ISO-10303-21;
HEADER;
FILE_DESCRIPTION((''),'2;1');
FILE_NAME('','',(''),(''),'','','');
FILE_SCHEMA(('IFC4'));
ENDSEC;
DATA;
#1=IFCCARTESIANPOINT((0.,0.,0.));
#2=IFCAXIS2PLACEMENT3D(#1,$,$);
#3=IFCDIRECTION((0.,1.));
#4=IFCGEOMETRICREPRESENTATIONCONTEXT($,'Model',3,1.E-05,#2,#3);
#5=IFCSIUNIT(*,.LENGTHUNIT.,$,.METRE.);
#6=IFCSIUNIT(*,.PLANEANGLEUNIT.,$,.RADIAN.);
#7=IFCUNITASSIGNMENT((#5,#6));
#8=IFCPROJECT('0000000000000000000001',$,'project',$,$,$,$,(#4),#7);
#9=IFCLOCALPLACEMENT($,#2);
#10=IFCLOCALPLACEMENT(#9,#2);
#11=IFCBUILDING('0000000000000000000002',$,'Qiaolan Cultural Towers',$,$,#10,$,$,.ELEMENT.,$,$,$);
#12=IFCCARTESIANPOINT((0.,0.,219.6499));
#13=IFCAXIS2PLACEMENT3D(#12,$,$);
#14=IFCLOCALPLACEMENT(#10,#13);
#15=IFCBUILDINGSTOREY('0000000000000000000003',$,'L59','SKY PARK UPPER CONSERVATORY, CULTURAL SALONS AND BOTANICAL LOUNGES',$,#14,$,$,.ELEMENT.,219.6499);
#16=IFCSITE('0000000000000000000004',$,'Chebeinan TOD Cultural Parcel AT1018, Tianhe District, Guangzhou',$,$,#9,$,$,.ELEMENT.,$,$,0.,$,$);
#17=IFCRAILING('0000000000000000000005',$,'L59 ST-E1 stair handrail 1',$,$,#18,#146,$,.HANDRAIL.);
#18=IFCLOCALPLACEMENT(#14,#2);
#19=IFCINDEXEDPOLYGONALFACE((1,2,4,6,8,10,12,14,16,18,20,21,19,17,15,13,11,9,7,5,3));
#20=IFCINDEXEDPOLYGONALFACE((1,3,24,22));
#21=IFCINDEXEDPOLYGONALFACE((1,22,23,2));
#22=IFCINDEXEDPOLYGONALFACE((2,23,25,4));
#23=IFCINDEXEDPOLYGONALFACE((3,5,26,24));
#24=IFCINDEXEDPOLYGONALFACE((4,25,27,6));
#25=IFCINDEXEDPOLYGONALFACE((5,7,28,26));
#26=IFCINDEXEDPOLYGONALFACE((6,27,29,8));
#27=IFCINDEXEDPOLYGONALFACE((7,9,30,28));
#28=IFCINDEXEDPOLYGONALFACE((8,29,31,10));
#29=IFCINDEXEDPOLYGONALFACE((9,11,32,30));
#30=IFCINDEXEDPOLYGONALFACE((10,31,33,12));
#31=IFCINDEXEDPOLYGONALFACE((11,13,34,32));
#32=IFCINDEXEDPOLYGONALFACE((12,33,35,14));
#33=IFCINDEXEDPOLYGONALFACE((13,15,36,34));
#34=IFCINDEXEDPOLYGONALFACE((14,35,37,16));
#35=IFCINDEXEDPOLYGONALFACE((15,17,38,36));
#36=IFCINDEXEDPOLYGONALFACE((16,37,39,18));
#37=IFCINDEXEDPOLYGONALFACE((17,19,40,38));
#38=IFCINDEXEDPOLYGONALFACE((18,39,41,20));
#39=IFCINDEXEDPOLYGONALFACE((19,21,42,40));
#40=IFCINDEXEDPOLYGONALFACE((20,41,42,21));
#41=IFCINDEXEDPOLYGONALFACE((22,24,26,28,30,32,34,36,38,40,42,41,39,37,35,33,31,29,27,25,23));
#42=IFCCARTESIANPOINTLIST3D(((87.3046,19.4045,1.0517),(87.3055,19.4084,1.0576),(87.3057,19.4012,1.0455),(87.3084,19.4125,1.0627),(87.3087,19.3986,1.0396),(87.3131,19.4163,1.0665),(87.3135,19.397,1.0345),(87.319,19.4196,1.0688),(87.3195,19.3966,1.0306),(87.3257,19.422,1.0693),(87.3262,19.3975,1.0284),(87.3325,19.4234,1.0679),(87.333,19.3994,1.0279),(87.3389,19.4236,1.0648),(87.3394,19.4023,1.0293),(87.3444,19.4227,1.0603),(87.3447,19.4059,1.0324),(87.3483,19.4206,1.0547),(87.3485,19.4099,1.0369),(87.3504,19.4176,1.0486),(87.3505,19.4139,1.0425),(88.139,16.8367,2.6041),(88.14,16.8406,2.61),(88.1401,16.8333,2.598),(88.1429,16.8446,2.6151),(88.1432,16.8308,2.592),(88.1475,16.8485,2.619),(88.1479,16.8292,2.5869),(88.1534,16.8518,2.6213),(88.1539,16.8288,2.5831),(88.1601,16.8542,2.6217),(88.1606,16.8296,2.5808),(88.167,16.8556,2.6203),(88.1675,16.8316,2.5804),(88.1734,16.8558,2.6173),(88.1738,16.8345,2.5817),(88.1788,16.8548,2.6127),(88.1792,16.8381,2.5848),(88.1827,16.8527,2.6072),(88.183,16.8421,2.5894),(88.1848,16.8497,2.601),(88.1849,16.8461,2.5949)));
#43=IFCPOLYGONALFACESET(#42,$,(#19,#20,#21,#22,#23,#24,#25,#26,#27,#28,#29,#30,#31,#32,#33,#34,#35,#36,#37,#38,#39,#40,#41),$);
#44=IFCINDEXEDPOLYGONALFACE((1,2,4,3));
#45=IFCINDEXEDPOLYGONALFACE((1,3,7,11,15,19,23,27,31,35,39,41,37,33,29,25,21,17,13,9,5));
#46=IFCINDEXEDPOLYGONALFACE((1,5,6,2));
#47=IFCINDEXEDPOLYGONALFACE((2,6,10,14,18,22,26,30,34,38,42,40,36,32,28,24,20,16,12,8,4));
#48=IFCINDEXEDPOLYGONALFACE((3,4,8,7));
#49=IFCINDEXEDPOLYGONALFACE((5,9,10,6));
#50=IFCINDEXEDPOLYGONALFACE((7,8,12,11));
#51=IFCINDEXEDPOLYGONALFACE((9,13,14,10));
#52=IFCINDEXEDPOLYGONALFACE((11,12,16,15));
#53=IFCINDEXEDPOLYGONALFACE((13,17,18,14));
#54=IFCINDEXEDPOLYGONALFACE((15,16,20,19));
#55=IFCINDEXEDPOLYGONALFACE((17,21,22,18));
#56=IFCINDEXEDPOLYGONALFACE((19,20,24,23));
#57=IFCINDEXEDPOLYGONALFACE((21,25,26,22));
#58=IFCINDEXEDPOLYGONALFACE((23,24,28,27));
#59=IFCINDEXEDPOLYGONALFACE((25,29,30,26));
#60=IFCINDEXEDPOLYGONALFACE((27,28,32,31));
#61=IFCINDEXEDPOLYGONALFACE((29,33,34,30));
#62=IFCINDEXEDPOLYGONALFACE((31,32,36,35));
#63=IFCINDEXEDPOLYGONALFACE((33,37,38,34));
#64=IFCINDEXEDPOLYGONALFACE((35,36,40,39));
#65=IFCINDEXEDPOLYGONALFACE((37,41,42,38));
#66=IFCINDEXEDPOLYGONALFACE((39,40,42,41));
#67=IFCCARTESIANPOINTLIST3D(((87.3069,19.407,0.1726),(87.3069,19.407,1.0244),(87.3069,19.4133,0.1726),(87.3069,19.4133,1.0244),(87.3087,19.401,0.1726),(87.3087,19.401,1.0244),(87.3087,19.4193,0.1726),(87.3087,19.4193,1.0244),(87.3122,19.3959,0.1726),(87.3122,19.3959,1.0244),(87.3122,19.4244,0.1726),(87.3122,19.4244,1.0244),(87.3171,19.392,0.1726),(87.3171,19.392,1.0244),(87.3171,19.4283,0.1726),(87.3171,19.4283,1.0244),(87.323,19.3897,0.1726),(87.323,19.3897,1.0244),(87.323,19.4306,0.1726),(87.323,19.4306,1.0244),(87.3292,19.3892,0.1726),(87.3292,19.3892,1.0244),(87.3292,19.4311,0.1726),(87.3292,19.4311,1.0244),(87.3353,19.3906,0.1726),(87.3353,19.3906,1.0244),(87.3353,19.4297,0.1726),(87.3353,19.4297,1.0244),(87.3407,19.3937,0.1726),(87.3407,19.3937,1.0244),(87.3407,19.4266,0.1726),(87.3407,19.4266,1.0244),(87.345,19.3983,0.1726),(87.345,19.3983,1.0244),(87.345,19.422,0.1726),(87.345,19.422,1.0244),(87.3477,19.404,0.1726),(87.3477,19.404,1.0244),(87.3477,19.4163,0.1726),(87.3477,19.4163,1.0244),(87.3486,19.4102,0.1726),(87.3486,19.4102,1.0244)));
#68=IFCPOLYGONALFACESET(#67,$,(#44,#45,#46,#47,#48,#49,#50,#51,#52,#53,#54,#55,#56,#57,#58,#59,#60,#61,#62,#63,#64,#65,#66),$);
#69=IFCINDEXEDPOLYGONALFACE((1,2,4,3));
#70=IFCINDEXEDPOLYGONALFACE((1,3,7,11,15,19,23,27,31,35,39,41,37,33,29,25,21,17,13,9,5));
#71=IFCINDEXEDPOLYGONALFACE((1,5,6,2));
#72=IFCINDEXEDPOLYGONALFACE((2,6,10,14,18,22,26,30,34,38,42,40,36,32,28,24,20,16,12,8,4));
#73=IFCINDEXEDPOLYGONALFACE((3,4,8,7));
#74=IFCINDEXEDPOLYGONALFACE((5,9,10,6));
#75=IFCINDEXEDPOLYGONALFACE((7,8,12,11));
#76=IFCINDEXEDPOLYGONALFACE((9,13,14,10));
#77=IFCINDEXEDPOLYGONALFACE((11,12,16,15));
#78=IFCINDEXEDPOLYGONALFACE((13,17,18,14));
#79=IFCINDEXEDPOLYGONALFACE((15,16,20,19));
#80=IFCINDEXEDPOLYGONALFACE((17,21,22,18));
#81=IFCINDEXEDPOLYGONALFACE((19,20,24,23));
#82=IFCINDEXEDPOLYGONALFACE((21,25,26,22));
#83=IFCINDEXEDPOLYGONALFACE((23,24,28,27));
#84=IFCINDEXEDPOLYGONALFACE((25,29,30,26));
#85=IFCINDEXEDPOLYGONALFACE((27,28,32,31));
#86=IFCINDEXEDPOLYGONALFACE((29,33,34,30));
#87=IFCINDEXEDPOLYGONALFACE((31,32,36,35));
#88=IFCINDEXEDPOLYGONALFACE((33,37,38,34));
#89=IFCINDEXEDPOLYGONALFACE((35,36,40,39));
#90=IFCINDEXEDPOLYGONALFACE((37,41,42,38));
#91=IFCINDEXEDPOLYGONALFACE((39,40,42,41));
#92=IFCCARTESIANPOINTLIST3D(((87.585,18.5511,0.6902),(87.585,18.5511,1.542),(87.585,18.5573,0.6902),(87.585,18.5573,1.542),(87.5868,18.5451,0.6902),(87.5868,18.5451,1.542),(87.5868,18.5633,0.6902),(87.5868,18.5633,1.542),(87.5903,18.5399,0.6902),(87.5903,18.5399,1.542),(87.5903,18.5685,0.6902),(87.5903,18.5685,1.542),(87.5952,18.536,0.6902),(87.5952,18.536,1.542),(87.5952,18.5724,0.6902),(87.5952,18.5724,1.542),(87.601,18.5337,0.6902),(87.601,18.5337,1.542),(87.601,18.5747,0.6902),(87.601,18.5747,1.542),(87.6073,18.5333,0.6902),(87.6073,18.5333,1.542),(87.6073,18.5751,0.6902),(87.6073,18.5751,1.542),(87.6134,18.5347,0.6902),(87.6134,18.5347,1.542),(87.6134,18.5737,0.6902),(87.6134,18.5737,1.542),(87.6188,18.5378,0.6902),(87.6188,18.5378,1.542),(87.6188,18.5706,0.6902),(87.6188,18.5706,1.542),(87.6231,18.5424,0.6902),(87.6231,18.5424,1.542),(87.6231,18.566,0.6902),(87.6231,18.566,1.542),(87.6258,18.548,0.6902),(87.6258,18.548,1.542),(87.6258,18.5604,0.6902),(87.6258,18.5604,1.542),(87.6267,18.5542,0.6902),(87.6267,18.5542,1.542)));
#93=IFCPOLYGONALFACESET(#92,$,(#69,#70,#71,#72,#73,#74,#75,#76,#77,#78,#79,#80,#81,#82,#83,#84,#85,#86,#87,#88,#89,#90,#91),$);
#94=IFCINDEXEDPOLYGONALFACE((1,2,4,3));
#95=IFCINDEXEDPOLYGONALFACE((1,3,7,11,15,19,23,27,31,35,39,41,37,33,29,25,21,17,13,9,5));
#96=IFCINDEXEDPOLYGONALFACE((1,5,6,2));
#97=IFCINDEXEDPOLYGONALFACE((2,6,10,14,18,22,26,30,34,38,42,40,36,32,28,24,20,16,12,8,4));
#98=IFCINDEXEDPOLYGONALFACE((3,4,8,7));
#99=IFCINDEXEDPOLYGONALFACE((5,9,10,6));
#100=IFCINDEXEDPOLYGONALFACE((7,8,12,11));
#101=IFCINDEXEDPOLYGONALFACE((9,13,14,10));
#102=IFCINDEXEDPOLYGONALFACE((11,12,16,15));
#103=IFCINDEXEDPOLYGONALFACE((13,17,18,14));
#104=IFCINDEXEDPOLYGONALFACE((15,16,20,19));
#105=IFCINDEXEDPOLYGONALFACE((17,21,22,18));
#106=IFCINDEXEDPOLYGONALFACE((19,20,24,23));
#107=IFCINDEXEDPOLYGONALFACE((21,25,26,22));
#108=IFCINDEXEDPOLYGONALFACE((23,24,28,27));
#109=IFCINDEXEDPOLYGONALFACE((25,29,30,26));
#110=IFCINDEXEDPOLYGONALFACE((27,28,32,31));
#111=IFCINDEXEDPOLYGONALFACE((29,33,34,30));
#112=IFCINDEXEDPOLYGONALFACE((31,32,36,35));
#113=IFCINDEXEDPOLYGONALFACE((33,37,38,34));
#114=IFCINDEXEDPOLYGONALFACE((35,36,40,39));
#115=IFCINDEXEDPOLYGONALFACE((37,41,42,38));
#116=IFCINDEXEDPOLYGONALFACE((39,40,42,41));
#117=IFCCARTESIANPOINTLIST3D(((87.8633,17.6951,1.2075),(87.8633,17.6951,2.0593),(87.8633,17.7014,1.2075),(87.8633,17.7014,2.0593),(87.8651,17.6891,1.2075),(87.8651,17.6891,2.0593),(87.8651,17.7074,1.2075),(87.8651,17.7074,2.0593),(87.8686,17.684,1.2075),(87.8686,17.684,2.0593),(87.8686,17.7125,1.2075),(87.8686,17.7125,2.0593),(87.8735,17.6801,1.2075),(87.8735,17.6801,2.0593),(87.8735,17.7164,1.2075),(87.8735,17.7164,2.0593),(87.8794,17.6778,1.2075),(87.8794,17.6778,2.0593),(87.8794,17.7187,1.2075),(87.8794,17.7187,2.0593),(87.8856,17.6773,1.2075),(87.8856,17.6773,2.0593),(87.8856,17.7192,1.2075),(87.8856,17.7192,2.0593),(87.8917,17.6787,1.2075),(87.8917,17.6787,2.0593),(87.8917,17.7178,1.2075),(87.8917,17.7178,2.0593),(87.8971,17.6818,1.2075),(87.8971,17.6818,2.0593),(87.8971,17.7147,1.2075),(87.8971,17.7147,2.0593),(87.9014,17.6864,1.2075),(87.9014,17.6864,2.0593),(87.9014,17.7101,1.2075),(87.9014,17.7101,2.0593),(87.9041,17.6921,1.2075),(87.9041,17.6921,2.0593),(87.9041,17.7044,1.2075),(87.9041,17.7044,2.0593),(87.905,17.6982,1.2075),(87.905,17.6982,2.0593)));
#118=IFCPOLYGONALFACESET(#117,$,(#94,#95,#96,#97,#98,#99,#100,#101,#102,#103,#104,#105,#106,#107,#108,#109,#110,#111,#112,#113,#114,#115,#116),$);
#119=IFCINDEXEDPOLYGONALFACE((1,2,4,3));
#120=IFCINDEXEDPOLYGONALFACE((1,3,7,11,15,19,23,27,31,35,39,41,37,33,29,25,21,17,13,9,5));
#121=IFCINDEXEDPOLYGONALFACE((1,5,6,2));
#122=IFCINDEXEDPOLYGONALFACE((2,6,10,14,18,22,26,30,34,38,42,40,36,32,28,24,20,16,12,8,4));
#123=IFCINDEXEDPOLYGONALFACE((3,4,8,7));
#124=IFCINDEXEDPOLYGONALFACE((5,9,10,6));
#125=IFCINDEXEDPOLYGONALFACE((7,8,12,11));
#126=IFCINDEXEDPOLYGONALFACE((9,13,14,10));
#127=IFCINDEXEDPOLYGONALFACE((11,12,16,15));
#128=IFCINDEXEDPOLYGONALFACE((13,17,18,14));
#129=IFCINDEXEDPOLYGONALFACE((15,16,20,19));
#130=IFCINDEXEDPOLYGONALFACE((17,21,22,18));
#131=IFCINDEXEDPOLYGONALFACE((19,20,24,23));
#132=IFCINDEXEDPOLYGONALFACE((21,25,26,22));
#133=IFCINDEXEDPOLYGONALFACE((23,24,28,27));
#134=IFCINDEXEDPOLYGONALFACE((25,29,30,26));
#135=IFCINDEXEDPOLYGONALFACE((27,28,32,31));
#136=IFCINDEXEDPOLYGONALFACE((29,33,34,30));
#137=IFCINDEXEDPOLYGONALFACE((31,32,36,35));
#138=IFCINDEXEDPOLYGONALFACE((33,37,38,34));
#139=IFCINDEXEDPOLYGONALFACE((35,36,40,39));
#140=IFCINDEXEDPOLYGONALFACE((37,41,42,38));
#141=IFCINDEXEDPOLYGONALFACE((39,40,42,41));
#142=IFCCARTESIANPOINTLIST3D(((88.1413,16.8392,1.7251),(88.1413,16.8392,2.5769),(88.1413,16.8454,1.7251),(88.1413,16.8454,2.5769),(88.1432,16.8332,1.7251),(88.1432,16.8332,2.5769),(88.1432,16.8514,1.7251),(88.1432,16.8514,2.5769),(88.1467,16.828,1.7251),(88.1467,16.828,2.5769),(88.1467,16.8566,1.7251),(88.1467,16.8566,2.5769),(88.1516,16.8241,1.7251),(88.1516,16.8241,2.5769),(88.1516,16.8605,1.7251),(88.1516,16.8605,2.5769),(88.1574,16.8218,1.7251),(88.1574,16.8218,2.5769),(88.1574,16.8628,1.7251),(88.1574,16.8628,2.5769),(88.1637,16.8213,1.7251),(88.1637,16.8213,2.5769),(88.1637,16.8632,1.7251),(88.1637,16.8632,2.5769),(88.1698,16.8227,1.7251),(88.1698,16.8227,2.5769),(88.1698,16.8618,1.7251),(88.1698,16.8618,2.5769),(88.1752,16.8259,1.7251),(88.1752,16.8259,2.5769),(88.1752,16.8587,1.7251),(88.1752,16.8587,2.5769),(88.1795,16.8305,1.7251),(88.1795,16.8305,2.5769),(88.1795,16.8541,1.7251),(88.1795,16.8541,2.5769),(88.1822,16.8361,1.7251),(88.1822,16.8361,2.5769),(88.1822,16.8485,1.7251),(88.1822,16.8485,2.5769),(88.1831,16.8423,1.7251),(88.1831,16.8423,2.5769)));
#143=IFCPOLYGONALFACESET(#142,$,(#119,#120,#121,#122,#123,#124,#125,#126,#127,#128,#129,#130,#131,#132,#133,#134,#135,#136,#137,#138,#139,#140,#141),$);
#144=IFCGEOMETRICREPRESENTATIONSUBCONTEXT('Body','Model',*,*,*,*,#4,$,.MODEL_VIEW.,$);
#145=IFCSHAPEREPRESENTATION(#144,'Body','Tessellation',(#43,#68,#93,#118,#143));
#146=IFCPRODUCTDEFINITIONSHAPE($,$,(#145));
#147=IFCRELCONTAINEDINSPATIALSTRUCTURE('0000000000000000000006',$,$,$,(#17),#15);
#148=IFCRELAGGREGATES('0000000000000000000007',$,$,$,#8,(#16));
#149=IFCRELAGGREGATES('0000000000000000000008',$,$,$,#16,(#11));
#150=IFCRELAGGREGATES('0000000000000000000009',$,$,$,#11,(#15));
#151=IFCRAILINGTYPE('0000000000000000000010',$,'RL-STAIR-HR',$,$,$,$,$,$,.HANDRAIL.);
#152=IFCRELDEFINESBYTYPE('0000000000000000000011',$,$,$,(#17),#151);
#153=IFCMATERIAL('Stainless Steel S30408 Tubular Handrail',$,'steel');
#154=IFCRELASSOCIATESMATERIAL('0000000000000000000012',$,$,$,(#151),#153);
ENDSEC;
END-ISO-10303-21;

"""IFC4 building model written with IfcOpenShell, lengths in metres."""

from ifc_helpers import new_model, si_unit, direction, frame, origin, origin_2d, place, context, subcontext, project, spatial, circle, extrude, material, type_object, element, save


model = new_model("IFC4")

# Units and contexts
model_context = context("Model", 3, precision=1e-05, world=origin(), true_north=direction((0.0, 1.0)))
body_context = subcontext(model_context, "Body", "Model", "MODEL_VIEW")
ifc_project = project(units=[si_unit("LENGTHUNIT", "METRE"), si_unit("PLANEANGLEUNIT", "RADIAN")], contexts=[model_context])

# Site, building, storey
site_placement = place(None, origin())
site = spatial("IfcSite", under=ifc_project, at=site_placement, Name="Chebeinan TOD Cultural Parcel AT1018, Tianhe District, Guangzhou", CompositionType="ELEMENT", RefElevation=0.0)
building_placement = place(site_placement, origin())
building = spatial("IfcBuilding", under=site, at=building_placement, Name="Qiaolan Cultural Towers", CompositionType="ELEMENT")
storey_placement = place(building_placement, frame((0.0, 0.0, 219.6499)))
storey = spatial("IfcBuildingStorey", under=building, at=storey_placement, Name="L59", Description="SKY PARK UPPER CONSERVATORY, CULTURAL SALONS AND BOTANICAL LOUNGES", CompositionType="ELEMENT", Elevation=219.6499)

# Railing
ifc_material_1 = material(Name="Stainless Steel S30408 Tubular Handrail", Category="steel")
railing_type_1 = type_object("IfcRailingType", Name="RL-STAIR-HR", PredefinedType="HANDRAIL", material=ifc_material_1)
railing_1_placement = place(storey_placement, frame((87.3276, 19.4102, 0.1726)))
element("IfcRailing", 1, at=railing_1_placement, inside=storey, type_object=railing_type_1, Name="L59 ST-E1 stair handrail 1", PredefinedType="HANDRAIL", context=body_context, shape_type="SweptSolid", body=[
    extrude(circle(Radius=0.0239, at=origin_2d()), frame((0.0, 0.0, 0.876), z_axis=(0.267926, -0.824471, 0.498461), x_axis=(0.951043, 0.309057, 0.0)), (0.0, 0.0, 1.0), 3.1145),
    extrude(circle(Radius=0.021, at=origin_2d()), origin(), (0.0, 0.0, 1.0), 0.8518),
    extrude(circle(Radius=0.021, at=origin_2d()), frame((0.2781, -0.856, 0.5176)), (0.0, 0.0, 1.0), 0.8518),
    extrude(circle(Radius=0.021, at=origin_2d()), frame((0.5564, -1.7119, 1.0349)), (0.0, 0.0, 1.0), 0.8518),
    extrude(circle(Radius=0.021, at=origin_2d()), frame((0.8345, -2.5679, 1.5525)), (0.0, 0.0, 1.0), 0.8518),
])

save(model, "model.ifc")
